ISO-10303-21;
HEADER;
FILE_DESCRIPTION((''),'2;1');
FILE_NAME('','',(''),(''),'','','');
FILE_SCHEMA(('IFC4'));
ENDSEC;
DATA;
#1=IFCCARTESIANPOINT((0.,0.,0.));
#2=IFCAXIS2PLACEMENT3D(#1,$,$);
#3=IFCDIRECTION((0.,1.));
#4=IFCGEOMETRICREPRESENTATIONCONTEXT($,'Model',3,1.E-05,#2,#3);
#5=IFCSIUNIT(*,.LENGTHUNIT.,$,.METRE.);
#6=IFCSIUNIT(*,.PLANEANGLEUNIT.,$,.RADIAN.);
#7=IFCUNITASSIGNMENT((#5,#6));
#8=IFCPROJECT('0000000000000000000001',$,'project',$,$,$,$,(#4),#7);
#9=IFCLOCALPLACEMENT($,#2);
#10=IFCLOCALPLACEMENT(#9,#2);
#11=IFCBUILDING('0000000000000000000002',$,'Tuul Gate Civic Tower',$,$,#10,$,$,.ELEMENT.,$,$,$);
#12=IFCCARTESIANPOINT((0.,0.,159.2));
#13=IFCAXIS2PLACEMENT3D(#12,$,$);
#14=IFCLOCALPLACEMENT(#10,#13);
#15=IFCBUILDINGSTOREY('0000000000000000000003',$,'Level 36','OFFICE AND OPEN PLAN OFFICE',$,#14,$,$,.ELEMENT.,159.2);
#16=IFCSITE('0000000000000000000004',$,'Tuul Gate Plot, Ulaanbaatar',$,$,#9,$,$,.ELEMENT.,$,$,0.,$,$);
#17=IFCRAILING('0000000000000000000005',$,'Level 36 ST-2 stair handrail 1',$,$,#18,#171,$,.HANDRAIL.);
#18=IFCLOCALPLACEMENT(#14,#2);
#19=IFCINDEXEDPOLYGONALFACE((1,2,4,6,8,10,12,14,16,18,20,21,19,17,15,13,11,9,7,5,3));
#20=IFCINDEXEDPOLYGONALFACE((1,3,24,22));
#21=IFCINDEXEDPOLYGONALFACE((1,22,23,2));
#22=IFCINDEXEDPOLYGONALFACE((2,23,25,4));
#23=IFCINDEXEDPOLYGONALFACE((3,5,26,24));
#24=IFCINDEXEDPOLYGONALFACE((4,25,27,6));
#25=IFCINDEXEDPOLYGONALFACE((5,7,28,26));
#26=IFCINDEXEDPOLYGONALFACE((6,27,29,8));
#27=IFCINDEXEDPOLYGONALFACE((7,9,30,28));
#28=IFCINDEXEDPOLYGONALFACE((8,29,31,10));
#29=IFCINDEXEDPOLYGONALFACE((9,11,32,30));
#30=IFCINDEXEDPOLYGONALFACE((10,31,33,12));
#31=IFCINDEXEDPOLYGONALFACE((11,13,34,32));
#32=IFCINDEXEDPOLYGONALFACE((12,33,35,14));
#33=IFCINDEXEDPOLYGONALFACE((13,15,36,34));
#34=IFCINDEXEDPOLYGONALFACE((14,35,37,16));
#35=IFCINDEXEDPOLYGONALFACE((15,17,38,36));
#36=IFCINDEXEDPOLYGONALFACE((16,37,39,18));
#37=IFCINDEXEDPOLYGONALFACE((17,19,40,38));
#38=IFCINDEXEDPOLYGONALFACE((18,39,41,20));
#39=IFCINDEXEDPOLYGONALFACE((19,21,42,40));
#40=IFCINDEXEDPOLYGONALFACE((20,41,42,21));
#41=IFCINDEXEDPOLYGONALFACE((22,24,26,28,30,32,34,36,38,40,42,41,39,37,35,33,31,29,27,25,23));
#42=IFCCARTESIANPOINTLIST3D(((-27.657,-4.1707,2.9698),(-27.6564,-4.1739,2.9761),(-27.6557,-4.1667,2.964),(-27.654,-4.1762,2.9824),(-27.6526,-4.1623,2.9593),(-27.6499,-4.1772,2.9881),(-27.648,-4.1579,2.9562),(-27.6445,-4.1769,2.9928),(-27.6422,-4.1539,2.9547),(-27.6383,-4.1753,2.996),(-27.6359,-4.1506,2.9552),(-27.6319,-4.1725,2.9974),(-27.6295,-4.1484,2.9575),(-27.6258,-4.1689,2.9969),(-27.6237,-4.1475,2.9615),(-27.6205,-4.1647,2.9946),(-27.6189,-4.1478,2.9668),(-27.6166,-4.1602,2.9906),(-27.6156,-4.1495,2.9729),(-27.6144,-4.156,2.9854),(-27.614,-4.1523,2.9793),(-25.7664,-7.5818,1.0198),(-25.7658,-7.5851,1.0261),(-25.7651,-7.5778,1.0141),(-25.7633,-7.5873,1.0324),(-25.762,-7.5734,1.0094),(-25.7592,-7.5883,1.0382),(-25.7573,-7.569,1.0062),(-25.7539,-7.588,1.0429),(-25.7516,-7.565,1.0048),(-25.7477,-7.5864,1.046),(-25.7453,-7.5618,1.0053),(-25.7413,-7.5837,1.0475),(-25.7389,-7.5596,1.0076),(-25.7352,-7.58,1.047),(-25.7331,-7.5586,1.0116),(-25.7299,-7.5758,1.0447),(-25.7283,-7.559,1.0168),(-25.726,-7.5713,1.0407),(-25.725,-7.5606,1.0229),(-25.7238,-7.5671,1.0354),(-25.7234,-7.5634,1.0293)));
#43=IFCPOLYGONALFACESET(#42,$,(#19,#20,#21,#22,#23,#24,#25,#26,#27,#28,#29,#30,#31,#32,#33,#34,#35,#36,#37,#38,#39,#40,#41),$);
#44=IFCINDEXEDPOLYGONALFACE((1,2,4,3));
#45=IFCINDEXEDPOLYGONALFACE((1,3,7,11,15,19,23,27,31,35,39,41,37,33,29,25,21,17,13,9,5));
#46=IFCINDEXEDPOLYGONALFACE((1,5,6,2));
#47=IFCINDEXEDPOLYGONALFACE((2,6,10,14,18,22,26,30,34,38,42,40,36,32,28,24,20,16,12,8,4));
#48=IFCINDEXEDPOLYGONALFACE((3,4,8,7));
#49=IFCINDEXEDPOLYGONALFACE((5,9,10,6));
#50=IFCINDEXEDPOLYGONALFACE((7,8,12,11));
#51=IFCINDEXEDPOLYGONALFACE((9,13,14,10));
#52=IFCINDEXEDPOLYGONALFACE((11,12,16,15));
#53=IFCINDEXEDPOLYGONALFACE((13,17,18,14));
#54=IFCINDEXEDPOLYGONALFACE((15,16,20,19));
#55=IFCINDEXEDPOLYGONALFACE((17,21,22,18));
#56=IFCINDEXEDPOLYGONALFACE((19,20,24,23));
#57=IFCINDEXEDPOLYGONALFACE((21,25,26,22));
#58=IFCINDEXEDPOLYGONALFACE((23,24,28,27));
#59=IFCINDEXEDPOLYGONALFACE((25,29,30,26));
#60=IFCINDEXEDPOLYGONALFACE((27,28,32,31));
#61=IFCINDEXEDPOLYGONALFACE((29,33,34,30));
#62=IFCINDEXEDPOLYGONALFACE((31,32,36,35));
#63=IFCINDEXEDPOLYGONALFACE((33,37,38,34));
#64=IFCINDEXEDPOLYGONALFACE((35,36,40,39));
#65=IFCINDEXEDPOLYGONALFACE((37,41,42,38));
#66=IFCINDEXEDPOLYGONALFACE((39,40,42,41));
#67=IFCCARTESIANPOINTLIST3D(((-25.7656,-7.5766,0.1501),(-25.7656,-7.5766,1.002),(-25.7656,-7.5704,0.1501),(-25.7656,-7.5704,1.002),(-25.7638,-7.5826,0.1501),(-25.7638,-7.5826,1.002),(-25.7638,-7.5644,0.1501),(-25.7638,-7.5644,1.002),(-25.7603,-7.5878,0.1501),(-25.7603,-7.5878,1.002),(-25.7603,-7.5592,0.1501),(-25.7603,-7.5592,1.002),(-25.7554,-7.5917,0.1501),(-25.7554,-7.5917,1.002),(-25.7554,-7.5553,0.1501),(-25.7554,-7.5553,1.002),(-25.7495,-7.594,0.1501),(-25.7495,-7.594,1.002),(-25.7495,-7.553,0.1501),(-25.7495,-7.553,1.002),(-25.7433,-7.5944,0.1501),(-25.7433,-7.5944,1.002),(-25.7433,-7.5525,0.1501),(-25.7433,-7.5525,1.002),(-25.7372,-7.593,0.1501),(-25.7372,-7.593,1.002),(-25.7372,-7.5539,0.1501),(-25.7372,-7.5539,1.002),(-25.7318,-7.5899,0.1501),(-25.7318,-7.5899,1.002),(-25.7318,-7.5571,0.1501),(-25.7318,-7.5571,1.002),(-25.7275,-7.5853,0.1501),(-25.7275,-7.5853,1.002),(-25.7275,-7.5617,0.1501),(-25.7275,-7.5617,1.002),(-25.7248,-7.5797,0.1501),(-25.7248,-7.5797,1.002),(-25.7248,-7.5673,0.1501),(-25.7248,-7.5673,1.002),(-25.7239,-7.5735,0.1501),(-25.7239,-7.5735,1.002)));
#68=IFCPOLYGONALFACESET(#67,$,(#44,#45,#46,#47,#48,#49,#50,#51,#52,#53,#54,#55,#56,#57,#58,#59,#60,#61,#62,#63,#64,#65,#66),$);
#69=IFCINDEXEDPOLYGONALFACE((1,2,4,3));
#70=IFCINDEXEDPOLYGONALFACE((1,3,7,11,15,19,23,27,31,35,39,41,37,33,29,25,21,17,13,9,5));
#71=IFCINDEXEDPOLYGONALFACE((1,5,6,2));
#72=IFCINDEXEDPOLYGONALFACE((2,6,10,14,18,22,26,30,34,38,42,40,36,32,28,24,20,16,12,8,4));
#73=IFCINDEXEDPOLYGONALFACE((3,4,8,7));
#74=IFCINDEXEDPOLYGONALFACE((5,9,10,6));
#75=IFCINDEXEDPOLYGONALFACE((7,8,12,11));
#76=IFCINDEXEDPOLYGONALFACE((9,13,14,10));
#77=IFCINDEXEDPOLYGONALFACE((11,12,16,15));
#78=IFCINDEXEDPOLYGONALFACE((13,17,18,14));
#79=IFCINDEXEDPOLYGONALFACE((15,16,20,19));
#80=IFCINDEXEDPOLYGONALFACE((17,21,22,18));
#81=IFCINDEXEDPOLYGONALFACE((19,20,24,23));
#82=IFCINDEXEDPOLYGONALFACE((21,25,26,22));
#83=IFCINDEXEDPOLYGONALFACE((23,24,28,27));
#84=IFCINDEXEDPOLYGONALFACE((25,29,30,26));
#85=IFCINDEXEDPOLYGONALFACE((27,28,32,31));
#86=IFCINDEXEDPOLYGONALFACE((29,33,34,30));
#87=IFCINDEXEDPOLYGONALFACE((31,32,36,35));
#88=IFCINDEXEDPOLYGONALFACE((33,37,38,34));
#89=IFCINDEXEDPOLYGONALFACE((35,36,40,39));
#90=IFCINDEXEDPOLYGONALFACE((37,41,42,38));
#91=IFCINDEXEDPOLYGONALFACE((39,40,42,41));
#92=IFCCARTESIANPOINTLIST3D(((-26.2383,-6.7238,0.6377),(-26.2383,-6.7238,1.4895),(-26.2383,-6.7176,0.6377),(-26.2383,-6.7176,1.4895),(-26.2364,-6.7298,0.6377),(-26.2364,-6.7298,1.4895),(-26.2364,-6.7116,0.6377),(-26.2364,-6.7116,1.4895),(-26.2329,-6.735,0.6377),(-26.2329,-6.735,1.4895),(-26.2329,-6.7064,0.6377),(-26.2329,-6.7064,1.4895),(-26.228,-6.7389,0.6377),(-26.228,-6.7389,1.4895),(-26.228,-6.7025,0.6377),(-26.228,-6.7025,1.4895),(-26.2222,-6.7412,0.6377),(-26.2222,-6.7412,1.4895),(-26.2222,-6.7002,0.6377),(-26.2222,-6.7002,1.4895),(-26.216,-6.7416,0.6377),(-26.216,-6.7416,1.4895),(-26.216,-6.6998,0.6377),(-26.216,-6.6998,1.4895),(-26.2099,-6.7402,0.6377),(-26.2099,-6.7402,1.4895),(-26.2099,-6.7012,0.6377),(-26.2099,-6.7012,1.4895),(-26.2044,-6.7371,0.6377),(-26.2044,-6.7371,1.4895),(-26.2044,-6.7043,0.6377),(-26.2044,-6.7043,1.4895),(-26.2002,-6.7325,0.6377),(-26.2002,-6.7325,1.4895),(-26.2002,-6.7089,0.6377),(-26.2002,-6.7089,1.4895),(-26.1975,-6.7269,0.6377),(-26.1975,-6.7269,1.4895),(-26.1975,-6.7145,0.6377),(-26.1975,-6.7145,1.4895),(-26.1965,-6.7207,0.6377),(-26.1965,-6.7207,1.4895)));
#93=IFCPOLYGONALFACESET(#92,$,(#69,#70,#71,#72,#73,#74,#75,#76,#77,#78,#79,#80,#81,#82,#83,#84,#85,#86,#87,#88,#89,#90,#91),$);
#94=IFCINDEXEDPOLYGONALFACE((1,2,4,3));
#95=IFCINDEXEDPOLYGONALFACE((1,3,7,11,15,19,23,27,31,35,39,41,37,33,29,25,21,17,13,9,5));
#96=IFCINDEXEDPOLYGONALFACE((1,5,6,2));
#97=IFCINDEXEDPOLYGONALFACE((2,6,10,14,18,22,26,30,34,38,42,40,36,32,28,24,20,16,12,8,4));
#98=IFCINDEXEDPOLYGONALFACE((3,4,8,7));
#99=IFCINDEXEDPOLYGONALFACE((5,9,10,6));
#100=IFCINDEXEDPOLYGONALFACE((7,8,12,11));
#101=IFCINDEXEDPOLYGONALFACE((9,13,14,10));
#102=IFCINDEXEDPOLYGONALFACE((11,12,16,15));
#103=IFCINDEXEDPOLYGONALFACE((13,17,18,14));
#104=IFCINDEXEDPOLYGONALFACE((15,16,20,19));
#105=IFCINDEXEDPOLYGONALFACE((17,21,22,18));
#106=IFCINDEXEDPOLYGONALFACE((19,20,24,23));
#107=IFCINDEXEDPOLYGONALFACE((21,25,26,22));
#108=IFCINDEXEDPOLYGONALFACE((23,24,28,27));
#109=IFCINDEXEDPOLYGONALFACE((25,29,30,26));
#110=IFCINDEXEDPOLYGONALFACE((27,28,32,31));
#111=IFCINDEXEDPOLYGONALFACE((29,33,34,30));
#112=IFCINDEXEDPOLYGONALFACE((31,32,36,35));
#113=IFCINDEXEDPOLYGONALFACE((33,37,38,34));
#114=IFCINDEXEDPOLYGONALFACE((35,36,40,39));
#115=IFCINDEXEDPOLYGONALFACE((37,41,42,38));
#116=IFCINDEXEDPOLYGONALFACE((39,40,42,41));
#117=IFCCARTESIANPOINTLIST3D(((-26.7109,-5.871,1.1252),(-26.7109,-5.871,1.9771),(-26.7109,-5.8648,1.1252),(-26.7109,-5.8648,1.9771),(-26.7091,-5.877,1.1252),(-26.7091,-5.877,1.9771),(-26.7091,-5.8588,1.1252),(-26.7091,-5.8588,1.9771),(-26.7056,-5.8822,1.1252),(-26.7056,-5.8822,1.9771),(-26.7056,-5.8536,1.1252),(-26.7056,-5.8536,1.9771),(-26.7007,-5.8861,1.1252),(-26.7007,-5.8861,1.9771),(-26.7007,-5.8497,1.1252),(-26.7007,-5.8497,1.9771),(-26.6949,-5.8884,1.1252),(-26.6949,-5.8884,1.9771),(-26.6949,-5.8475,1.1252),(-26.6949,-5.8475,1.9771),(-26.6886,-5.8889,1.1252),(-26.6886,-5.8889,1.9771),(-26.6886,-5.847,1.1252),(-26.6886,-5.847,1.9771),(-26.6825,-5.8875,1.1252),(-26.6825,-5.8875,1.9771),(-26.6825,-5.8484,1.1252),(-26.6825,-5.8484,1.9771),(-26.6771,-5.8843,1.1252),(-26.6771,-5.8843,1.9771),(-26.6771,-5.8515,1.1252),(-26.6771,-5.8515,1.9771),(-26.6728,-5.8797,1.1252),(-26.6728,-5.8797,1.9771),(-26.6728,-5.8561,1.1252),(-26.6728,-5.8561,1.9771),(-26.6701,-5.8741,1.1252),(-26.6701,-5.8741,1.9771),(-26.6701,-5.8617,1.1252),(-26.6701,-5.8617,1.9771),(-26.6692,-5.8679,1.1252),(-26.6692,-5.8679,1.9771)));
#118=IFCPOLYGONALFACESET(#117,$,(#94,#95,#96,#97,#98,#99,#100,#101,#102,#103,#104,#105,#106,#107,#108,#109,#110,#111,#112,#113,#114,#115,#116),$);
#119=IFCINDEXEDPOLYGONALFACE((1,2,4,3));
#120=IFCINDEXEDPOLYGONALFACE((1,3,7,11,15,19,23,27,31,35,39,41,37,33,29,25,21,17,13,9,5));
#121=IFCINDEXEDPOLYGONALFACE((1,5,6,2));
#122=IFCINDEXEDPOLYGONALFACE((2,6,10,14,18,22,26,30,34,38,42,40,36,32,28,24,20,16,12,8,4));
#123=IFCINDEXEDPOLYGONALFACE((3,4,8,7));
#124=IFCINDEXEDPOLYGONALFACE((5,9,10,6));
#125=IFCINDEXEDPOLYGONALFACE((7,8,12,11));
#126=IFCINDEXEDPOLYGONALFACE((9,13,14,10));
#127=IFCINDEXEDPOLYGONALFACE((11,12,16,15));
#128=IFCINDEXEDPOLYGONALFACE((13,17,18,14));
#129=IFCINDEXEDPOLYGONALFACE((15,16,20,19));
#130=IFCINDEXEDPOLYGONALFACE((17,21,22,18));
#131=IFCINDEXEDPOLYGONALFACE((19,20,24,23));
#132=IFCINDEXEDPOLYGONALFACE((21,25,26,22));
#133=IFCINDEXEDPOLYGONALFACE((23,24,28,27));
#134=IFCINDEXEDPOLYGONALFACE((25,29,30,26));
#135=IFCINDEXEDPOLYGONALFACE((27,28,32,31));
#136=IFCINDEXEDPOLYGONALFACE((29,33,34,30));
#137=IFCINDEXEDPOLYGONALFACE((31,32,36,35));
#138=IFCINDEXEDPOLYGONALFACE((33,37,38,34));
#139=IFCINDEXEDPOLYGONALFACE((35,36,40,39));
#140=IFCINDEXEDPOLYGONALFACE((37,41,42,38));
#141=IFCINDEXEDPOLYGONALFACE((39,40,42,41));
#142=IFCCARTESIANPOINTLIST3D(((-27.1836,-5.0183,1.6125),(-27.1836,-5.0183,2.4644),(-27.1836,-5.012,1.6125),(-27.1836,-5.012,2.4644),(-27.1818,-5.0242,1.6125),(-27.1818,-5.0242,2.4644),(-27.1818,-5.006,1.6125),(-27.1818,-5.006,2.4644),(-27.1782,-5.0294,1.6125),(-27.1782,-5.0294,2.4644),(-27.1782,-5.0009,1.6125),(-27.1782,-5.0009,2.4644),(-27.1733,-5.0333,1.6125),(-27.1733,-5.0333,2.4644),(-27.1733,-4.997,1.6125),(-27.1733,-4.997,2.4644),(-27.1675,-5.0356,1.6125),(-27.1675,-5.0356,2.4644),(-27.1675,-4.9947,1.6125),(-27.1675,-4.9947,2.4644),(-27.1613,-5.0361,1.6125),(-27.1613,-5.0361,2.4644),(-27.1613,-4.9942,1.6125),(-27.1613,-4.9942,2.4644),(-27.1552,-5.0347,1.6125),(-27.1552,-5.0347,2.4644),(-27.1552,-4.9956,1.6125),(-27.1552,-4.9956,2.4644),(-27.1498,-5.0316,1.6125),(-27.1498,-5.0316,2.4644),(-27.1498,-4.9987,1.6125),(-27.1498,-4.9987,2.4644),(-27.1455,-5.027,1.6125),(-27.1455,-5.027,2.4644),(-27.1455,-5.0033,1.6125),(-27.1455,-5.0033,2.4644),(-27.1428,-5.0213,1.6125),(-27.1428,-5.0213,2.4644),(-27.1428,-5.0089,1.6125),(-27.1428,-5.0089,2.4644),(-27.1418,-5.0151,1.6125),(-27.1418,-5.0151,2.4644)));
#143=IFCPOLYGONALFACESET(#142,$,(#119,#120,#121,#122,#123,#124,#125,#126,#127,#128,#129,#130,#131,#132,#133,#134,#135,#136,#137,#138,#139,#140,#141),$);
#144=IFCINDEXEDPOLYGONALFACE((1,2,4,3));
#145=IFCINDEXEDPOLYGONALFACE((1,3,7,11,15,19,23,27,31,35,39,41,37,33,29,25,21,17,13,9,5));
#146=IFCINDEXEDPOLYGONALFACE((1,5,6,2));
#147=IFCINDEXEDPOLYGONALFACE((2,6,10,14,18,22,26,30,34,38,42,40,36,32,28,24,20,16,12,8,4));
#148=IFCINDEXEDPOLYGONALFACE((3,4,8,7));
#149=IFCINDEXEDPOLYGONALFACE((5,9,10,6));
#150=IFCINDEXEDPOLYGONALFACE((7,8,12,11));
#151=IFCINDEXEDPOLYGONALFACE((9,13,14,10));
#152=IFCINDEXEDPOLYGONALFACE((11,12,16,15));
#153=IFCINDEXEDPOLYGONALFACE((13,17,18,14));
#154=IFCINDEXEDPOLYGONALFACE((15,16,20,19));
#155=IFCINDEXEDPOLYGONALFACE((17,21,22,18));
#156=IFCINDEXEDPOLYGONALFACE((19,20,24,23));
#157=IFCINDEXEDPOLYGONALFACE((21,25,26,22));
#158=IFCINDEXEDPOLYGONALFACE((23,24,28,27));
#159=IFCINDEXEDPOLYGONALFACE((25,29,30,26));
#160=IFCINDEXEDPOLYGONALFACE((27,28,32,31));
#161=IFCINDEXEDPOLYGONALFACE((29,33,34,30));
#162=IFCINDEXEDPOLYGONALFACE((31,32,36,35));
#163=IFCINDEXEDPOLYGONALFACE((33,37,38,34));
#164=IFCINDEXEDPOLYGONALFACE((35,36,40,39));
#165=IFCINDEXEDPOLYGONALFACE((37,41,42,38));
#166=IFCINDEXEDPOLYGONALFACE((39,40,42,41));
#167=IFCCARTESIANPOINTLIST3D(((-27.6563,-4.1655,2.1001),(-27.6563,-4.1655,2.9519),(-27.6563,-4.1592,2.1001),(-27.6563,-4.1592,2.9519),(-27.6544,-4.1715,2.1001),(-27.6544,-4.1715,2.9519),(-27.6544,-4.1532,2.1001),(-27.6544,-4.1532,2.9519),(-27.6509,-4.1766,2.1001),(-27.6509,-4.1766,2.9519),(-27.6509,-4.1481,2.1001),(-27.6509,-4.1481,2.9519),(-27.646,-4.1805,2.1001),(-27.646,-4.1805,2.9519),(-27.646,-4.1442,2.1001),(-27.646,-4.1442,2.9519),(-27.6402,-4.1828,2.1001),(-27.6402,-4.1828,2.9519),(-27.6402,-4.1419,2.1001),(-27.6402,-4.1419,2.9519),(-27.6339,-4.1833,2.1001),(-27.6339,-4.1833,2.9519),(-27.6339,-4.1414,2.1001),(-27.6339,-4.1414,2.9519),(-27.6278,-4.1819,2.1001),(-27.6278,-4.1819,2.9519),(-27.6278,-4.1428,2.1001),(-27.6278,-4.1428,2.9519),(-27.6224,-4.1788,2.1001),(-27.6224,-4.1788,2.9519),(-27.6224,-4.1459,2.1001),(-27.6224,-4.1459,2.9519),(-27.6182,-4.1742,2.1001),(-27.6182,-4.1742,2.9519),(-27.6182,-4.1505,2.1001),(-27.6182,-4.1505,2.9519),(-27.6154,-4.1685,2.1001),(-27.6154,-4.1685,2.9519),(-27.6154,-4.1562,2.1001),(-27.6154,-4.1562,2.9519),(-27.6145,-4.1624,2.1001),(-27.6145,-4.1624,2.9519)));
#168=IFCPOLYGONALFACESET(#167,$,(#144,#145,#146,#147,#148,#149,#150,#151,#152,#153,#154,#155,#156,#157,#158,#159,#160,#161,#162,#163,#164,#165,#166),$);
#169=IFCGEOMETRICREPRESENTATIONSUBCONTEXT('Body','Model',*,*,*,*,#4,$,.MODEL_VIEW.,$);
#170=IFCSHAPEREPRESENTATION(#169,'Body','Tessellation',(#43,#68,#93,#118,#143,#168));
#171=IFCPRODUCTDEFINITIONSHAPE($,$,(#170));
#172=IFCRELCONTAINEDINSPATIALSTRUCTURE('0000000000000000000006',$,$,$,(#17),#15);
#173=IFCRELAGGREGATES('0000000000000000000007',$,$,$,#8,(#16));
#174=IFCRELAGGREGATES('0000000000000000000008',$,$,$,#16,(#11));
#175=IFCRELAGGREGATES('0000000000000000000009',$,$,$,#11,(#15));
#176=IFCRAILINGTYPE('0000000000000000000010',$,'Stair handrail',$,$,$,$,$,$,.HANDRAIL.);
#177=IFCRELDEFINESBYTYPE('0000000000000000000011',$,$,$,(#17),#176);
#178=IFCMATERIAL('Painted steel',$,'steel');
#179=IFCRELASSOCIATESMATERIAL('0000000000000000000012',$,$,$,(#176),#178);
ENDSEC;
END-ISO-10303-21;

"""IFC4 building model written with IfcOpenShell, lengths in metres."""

from ifc_helpers import new_model, si_unit, direction, frame, origin, origin_2d, place, context, subcontext, project, spatial, circle, extrude, material, type_object, element, save


model = new_model("IFC4")

# Units and contexts
model_context = context("Model", 3, precision=1e-05, world=origin(), true_north=direction((0.0, 1.0)))
body_context = subcontext(model_context, "Body", "Model", "MODEL_VIEW")
ifc_project = project(units=[si_unit("LENGTHUNIT", "METRE"), si_unit("PLANEANGLEUNIT", "RADIAN")], contexts=[model_context])

# Site, building, storey
site_placement = place(None, origin())
site = spatial("IfcSite", under=ifc_project, at=site_placement, Name="Tuul Gate Plot, Ulaanbaatar", CompositionType="ELEMENT", RefElevation=0.0)
building_placement = place(site_placement, origin())
building = spatial("IfcBuilding", under=site, at=building_placement, Name="Tuul Gate Civic Tower", CompositionType="ELEMENT")
storey_placement = place(building_placement, frame((0.0, 0.0, 159.2)))
storey = spatial("IfcBuildingStorey", under=building, at=storey_placement, Name="Level 36", Description="OFFICE AND OPEN PLAN OFFICE", CompositionType="ELEMENT", Elevation=159.2)

# Railing
ifc_material_1 = material(Name="Painted steel", Category="steel")
railing_type_1 = type_object("IfcRailingType", Name="Stair handrail", PredefinedType="HANDRAIL", material=ifc_material_1)
railing_1_placement = place(storey_placement, frame((-25.7449, -7.5735, 0.1501)))
element("IfcRailing", 1, at=railing_1_placement, inside=storey, type_object=railing_type_1, Name="Level 36 ST-2 stair handrail 1", PredefinedType="HANDRAIL", context=body_context, shape_type="SweptSolid", body=[
    extrude(circle(Radius=0.0239, at=origin_2d()), frame((0.0, 0.0, 0.876), z_axis=(-0.433595, 0.782308, 0.447201), x_axis=(-0.874641, -0.484771, 0.0)), (0.0, 0.0, 1.0), 4.3604),
    extrude(circle(Radius=0.021, at=origin_2d()), origin(), (0.0, 0.0, 1.0), 0.8518),
    extrude(circle(Radius=0.021, at=origin_2d()), frame((-0.4727, 0.8528, 0.4875)), (0.0, 0.0, 1.0), 0.8518),
    extrude(circle(Radius=0.021, at=origin_2d()), frame((-0.9453, 1.7056, 0.9751)), (0.0, 0.0, 1.0), 0.8518),
    extrude(circle(Radius=0.021, at=origin_2d()), frame((-1.418, 2.5583, 1.4624)), (0.0, 0.0, 1.0), 0.8518),
    extrude(circle(Radius=0.021, at=origin_2d()), frame((-1.8906, 3.4111, 1.95)), (0.0, 0.0, 1.0), 0.8518),
])

save(model, "model.ifc")
